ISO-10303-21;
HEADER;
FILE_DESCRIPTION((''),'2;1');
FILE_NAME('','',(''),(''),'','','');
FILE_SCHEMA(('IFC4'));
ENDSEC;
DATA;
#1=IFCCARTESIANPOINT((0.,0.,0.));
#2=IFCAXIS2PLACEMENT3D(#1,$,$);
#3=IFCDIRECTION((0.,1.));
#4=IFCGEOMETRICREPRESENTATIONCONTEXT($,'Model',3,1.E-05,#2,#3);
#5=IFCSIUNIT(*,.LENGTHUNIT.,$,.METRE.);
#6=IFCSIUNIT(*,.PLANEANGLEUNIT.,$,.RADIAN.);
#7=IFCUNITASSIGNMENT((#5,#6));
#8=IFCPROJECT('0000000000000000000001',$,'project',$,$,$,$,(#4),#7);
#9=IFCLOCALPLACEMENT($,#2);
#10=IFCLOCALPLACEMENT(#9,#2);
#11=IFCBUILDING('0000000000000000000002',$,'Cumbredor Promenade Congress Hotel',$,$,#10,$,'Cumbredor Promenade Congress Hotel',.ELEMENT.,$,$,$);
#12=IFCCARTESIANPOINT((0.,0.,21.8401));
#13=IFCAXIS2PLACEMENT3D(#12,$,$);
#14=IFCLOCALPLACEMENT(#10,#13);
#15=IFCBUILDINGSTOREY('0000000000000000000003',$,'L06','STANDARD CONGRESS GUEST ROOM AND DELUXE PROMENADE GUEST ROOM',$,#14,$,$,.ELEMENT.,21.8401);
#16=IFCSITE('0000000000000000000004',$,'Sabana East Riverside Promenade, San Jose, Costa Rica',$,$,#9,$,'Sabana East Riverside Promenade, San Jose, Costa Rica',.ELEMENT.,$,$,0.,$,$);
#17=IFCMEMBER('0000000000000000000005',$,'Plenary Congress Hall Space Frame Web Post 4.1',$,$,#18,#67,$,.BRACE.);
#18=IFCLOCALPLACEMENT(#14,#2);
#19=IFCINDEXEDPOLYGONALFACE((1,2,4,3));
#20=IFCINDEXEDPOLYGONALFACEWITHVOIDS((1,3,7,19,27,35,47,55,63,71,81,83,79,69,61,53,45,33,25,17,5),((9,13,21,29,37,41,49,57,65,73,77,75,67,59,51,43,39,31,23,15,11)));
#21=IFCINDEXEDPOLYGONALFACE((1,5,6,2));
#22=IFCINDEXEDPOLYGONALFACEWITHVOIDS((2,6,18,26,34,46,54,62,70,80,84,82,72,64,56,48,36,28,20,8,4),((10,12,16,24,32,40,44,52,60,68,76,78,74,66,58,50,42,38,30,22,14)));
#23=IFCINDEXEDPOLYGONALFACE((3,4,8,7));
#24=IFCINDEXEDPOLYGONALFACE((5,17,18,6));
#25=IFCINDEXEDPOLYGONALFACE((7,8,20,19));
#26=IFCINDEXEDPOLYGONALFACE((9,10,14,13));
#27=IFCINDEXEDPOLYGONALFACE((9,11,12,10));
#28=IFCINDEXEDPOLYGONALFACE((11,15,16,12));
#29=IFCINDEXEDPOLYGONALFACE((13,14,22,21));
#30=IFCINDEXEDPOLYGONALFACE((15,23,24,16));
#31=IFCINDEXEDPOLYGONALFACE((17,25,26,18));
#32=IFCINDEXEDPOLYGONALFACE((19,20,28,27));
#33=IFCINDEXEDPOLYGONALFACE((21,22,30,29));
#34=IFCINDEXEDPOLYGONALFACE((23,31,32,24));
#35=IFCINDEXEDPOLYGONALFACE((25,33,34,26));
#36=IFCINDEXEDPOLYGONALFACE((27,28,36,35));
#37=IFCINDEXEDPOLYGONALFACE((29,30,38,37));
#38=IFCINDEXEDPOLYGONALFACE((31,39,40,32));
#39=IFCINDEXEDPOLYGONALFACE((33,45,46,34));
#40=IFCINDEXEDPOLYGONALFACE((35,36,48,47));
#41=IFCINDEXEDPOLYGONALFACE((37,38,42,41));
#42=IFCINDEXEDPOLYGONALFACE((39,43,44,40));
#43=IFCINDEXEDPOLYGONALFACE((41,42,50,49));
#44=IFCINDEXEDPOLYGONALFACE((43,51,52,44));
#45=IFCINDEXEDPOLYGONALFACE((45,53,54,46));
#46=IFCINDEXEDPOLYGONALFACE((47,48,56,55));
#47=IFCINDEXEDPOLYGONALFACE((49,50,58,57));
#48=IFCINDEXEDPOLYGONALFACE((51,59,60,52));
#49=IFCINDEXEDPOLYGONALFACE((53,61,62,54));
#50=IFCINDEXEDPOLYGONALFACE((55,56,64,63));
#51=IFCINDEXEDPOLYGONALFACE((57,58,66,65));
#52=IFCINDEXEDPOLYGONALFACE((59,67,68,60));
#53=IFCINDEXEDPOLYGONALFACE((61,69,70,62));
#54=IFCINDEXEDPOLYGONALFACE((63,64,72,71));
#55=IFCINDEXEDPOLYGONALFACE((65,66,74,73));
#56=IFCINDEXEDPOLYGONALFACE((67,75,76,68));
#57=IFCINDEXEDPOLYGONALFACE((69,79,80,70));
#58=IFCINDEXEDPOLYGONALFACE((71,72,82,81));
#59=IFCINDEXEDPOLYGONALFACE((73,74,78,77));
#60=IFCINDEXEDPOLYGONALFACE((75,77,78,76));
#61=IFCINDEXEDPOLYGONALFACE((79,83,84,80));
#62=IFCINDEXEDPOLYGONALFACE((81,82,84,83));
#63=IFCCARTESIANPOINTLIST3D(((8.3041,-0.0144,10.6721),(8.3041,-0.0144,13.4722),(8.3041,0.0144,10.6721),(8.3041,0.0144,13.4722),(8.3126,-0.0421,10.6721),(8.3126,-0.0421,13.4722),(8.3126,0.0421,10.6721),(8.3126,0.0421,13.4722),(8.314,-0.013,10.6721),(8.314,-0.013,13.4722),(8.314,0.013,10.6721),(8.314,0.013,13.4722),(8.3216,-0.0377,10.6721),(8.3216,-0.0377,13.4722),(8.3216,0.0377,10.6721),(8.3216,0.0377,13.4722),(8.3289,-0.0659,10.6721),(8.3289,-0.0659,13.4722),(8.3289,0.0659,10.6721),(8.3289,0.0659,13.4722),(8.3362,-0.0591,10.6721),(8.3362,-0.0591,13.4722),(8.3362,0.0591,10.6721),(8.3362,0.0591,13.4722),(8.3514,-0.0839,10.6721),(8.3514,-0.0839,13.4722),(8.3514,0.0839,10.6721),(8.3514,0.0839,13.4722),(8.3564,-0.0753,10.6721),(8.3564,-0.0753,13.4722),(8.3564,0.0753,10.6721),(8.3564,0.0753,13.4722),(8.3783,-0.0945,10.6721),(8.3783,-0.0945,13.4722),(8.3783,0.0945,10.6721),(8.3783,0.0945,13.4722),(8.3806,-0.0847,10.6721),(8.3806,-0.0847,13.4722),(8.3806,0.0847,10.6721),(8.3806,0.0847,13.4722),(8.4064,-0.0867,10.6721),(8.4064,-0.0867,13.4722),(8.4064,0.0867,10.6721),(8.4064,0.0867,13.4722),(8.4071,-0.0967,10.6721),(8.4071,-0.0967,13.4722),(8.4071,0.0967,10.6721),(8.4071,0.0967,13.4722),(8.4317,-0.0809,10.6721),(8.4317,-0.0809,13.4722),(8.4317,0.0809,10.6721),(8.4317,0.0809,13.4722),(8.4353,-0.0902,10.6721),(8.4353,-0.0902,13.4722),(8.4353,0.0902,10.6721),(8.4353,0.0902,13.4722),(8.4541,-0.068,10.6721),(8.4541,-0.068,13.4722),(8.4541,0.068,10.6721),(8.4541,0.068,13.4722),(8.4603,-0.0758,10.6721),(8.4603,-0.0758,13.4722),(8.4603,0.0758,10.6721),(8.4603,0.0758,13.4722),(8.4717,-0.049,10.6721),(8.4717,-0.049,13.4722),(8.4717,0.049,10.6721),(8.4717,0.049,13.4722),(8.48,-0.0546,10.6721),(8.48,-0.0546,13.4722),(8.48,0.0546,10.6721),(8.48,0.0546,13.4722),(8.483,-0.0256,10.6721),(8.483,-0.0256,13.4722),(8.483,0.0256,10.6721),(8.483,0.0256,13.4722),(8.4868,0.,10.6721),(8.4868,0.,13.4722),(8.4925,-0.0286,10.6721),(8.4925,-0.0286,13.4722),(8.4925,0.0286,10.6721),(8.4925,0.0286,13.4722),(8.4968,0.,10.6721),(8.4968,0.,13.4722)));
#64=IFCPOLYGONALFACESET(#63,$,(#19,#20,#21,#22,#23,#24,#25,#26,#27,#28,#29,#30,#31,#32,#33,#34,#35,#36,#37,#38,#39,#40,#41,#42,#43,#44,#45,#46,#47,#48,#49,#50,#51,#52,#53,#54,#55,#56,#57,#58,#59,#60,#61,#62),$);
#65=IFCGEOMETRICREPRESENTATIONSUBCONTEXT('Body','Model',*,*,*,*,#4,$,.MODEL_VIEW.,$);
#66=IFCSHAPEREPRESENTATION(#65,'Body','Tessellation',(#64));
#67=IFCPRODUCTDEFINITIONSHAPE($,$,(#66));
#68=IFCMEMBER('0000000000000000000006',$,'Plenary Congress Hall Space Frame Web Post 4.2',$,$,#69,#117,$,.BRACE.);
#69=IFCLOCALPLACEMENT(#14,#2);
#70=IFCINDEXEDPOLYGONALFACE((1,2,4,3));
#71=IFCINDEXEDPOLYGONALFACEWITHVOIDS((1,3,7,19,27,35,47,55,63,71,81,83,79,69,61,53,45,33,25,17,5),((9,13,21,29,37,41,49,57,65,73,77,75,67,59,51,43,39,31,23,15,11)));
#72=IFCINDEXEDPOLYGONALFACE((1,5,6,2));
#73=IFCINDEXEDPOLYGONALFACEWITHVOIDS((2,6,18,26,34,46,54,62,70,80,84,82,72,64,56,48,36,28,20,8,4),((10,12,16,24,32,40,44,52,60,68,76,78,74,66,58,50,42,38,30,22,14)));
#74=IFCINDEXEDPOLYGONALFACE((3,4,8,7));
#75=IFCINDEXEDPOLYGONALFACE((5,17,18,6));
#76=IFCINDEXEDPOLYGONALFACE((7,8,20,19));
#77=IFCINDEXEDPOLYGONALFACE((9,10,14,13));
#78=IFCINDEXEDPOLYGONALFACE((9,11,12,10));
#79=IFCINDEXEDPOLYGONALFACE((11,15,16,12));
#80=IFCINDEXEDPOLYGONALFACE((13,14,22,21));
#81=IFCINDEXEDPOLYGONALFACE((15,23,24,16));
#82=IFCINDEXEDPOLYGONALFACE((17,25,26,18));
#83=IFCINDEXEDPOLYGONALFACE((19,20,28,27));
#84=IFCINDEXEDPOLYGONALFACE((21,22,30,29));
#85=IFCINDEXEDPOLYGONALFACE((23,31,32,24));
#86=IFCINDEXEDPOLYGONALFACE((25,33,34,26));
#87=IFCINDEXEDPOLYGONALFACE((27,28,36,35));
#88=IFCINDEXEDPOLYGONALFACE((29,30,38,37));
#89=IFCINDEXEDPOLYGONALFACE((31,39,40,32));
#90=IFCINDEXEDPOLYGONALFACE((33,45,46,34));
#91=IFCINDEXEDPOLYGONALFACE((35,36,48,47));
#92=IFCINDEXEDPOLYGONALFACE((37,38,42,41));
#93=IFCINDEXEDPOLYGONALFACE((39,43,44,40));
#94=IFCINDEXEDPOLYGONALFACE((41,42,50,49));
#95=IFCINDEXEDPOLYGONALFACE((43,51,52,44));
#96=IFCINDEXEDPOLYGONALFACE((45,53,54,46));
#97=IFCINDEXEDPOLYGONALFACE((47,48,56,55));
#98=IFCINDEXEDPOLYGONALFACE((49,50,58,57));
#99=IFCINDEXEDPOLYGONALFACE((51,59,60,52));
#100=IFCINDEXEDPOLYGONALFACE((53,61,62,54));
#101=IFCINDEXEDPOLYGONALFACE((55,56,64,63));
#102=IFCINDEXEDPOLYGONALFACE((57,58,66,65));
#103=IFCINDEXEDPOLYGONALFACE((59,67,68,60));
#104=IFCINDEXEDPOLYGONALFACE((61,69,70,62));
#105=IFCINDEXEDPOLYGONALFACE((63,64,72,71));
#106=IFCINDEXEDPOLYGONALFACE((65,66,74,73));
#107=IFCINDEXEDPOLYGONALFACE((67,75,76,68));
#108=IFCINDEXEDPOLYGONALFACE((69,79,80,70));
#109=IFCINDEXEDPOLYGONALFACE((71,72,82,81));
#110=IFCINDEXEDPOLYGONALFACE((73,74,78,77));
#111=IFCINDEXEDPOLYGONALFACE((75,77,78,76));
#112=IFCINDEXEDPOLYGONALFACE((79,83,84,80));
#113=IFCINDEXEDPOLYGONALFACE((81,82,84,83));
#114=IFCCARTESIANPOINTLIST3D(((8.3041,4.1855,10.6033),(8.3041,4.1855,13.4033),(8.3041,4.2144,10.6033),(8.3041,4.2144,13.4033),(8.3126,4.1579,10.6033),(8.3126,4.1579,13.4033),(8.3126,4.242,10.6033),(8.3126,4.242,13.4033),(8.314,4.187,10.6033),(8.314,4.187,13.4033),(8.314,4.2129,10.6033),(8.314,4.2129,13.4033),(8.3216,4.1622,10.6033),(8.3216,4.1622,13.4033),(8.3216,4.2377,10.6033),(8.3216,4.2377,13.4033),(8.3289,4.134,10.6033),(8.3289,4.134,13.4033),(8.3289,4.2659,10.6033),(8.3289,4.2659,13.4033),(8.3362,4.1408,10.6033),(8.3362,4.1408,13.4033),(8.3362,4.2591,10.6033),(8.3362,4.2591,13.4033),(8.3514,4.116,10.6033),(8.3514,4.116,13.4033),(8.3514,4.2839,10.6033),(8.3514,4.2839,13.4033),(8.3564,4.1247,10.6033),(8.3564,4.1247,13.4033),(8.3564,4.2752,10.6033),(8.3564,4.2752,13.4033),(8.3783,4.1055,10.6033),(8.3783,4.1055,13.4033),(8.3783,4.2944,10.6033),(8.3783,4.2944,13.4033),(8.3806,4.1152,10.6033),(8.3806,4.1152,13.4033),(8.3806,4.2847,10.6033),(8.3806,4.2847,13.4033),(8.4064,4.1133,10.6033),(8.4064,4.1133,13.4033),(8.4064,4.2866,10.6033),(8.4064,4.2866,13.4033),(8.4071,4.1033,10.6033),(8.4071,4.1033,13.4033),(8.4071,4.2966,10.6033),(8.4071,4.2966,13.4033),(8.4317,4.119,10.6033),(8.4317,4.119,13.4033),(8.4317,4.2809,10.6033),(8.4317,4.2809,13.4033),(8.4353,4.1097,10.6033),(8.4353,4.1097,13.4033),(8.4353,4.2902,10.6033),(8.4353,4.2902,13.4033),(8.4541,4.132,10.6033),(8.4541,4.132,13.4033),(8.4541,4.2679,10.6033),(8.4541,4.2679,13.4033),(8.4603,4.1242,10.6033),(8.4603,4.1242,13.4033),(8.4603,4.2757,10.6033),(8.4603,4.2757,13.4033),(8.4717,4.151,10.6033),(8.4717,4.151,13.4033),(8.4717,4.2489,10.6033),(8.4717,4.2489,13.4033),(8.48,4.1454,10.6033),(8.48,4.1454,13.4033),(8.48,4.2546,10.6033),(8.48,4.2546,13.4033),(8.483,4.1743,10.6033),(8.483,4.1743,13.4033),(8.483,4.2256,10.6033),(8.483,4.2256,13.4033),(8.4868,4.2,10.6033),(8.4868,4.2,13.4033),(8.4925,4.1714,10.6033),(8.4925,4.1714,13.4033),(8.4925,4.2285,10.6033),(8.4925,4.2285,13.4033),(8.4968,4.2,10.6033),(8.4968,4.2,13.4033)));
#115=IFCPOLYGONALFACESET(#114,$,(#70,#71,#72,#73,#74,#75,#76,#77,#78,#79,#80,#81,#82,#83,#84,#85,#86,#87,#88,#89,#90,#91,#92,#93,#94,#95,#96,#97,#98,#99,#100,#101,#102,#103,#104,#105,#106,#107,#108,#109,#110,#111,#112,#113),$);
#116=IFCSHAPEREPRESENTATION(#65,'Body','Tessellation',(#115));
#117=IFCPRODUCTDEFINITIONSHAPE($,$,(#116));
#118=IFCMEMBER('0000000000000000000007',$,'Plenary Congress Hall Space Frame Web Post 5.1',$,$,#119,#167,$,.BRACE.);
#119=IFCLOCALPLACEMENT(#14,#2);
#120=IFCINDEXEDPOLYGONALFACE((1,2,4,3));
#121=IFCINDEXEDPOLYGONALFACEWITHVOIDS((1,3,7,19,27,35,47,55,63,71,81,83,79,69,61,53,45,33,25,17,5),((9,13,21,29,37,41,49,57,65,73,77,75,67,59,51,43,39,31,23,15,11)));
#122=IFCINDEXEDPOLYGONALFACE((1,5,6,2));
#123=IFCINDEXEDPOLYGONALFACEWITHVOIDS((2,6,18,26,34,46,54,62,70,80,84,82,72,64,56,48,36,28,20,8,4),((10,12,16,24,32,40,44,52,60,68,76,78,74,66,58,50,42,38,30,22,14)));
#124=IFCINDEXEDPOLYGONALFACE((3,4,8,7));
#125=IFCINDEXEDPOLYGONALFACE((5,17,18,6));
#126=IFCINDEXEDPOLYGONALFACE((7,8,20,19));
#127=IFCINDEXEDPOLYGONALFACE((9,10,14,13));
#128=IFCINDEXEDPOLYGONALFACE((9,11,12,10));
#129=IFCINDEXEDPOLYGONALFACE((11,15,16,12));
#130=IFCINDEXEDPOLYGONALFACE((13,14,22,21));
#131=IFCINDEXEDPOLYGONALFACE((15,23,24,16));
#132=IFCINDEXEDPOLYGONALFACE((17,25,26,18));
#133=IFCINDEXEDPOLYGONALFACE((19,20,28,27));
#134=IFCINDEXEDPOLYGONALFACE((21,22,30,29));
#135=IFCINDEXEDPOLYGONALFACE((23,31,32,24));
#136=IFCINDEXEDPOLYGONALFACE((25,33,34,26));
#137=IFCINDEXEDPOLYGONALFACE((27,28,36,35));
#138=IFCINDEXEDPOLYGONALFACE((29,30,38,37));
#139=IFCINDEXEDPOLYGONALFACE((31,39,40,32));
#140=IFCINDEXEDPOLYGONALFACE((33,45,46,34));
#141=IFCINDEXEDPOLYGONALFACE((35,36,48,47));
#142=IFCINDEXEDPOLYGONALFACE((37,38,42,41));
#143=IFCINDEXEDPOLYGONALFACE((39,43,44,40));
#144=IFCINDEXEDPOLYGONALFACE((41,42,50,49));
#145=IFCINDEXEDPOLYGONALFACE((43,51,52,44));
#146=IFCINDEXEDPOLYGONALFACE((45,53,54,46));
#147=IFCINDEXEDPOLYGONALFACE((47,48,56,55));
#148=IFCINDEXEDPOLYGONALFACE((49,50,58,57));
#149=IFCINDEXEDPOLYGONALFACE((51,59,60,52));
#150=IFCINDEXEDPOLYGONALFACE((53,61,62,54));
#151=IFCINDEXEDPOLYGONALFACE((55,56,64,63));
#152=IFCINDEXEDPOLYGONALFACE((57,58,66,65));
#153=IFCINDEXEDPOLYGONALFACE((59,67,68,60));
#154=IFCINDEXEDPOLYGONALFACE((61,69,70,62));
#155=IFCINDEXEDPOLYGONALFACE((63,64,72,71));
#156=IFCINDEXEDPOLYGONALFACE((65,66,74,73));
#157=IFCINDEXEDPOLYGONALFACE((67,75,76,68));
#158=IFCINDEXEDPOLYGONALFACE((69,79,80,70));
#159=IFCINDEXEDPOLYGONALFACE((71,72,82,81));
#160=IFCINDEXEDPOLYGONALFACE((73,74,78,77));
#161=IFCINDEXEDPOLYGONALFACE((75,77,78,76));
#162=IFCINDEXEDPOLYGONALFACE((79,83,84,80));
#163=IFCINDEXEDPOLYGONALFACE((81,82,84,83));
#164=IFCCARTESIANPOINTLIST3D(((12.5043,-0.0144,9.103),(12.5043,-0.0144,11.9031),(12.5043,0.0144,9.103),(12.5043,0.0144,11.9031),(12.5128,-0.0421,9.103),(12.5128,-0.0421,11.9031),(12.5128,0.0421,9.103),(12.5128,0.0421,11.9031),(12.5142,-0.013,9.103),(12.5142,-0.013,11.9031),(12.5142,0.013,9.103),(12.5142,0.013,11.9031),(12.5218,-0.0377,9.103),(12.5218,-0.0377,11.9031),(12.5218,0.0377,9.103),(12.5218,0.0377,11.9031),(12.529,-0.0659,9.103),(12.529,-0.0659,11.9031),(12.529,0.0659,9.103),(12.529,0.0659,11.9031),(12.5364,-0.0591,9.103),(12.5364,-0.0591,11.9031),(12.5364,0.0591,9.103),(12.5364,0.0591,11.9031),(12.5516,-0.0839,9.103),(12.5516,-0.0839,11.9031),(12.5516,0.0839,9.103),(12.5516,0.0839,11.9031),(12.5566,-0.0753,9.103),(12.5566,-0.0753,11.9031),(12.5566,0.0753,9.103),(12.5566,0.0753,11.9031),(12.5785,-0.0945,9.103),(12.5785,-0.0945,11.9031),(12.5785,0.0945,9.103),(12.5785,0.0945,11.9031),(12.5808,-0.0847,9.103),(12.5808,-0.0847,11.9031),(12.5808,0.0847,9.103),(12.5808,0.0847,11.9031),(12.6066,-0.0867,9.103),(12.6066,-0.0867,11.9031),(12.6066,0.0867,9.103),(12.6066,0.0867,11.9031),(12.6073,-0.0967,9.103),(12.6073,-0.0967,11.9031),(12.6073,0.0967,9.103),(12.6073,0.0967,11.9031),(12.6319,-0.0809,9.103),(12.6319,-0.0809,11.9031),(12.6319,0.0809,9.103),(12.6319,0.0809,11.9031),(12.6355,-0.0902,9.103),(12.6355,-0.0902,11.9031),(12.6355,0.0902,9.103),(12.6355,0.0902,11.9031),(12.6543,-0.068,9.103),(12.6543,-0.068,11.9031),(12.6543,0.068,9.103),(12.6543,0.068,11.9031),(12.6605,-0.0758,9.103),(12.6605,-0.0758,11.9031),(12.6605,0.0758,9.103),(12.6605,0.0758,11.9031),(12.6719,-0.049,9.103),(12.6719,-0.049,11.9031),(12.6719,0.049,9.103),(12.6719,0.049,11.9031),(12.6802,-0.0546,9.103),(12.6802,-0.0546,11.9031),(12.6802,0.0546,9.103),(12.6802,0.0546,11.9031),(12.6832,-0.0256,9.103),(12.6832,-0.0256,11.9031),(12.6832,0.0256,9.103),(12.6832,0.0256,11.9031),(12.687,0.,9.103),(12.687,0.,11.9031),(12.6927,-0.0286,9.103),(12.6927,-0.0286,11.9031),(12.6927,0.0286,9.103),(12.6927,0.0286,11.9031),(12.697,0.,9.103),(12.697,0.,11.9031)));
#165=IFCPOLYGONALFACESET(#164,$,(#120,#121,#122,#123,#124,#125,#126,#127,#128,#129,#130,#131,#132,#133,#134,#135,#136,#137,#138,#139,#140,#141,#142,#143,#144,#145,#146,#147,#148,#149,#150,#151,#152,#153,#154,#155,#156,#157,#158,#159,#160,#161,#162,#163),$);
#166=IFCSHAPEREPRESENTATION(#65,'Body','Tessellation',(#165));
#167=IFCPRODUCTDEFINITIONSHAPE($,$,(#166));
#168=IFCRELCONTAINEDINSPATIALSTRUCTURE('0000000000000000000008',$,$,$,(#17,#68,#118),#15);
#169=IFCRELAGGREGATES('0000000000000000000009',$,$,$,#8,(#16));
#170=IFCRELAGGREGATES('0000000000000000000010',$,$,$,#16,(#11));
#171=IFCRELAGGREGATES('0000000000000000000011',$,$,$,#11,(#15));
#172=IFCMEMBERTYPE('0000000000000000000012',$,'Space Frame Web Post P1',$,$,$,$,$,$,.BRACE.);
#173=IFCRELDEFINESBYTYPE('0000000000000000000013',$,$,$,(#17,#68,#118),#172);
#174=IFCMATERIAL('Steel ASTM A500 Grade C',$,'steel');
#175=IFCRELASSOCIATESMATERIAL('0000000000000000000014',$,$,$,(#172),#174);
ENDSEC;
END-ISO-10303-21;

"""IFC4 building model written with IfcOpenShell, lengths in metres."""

from ifc_helpers import new_model, si_unit, direction, frame, origin, origin_2d, place, context, subcontext, project, spatial, hollow_circle, extrude, material, material_profile, profile_set, type_object, element, save


model = new_model("IFC4")

# Units and contexts
model_context = context("Model", 3, precision=1e-05, world=origin(), true_north=direction((0.0, 1.0)))
body_context = subcontext(model_context, "Body", "Model", "MODEL_VIEW")
ifc_project = project(units=[si_unit("LENGTHUNIT", "METRE"), si_unit("PLANEANGLEUNIT", "RADIAN")], contexts=[model_context])

# Site, building, storey
site_placement = place(None, origin())
site = spatial("IfcSite", under=ifc_project, at=site_placement, Name="Sabana East Riverside Promenade, San Jose, Costa Rica", LongName="Sabana East Riverside Promenade, San Jose, Costa Rica", CompositionType="ELEMENT", RefElevation=0.0)
building_placement = place(site_placement, origin())
building = spatial("IfcBuilding", under=site, at=building_placement, Name="Cumbredor Promenade Congress Hotel", LongName="Cumbredor Promenade Congress Hotel", CompositionType="ELEMENT")
storey_placement = place(building_placement, frame((0.0, 0.0, 21.8401)))
storey = spatial("IfcBuildingStorey", under=building, at=storey_placement, Name="L06", Description="STANDARD CONGRESS GUEST ROOM AND DELUXE PROMENADE GUEST ROOM", CompositionType="ELEMENT", Elevation=21.8401)

# Members
ifc_material_1 = material(Name="Steel ASTM A500 Grade C", Category="steel")
ifc_material_profile_1 = material_profile(ifc_material_1, hollow_circle(Radius=0.0969, WallThickness=0.01, at=origin_2d()), Name="CHS 193.7x10")
ifc_profile_set_1 = profile_set([ifc_material_profile_1], Name="Steel ASTM A500 Grade C")
member_type_1 = type_object("IfcMemberType", Name="Space Frame Web Post P1", PredefinedType="BRACE", material=ifc_profile_set_1)
for number, where, z_axis, x_axis, name in (
    (1, (8.3999, 0.0, 10.6721), (0.0, 0.0, 1.0), (1.0, 0.0, 0.0), "Plenary Congress Hall Space Frame Web Post 4.1"),
    (2, (8.3999, 4.2, 10.6033), (0.0, 0.0, 1.0), (1.0, 0.0, 0.0), "Plenary Congress Hall Space Frame Web Post 4.2"),
    (3, (12.6001, 0.0, 9.103), (0.0, 0.0, 1.0), (1.0, 0.0, 0.0), "Plenary Congress Hall Space Frame Web Post 5.1"),
):
    element("IfcMember", number, at=place(storey_placement, frame(where, z_axis=z_axis, x_axis=x_axis)), inside=storey, type_object=member_type_1, Name=name, PredefinedType="BRACE", context=body_context, shape_type="SweptSolid", body=[
        extrude(hollow_circle(Radius=0.0969, WallThickness=0.01, at=origin_2d()), origin(), (0.0, 0.0, 1.0), 2.8),
    ])

save(model, "model.ifc")
